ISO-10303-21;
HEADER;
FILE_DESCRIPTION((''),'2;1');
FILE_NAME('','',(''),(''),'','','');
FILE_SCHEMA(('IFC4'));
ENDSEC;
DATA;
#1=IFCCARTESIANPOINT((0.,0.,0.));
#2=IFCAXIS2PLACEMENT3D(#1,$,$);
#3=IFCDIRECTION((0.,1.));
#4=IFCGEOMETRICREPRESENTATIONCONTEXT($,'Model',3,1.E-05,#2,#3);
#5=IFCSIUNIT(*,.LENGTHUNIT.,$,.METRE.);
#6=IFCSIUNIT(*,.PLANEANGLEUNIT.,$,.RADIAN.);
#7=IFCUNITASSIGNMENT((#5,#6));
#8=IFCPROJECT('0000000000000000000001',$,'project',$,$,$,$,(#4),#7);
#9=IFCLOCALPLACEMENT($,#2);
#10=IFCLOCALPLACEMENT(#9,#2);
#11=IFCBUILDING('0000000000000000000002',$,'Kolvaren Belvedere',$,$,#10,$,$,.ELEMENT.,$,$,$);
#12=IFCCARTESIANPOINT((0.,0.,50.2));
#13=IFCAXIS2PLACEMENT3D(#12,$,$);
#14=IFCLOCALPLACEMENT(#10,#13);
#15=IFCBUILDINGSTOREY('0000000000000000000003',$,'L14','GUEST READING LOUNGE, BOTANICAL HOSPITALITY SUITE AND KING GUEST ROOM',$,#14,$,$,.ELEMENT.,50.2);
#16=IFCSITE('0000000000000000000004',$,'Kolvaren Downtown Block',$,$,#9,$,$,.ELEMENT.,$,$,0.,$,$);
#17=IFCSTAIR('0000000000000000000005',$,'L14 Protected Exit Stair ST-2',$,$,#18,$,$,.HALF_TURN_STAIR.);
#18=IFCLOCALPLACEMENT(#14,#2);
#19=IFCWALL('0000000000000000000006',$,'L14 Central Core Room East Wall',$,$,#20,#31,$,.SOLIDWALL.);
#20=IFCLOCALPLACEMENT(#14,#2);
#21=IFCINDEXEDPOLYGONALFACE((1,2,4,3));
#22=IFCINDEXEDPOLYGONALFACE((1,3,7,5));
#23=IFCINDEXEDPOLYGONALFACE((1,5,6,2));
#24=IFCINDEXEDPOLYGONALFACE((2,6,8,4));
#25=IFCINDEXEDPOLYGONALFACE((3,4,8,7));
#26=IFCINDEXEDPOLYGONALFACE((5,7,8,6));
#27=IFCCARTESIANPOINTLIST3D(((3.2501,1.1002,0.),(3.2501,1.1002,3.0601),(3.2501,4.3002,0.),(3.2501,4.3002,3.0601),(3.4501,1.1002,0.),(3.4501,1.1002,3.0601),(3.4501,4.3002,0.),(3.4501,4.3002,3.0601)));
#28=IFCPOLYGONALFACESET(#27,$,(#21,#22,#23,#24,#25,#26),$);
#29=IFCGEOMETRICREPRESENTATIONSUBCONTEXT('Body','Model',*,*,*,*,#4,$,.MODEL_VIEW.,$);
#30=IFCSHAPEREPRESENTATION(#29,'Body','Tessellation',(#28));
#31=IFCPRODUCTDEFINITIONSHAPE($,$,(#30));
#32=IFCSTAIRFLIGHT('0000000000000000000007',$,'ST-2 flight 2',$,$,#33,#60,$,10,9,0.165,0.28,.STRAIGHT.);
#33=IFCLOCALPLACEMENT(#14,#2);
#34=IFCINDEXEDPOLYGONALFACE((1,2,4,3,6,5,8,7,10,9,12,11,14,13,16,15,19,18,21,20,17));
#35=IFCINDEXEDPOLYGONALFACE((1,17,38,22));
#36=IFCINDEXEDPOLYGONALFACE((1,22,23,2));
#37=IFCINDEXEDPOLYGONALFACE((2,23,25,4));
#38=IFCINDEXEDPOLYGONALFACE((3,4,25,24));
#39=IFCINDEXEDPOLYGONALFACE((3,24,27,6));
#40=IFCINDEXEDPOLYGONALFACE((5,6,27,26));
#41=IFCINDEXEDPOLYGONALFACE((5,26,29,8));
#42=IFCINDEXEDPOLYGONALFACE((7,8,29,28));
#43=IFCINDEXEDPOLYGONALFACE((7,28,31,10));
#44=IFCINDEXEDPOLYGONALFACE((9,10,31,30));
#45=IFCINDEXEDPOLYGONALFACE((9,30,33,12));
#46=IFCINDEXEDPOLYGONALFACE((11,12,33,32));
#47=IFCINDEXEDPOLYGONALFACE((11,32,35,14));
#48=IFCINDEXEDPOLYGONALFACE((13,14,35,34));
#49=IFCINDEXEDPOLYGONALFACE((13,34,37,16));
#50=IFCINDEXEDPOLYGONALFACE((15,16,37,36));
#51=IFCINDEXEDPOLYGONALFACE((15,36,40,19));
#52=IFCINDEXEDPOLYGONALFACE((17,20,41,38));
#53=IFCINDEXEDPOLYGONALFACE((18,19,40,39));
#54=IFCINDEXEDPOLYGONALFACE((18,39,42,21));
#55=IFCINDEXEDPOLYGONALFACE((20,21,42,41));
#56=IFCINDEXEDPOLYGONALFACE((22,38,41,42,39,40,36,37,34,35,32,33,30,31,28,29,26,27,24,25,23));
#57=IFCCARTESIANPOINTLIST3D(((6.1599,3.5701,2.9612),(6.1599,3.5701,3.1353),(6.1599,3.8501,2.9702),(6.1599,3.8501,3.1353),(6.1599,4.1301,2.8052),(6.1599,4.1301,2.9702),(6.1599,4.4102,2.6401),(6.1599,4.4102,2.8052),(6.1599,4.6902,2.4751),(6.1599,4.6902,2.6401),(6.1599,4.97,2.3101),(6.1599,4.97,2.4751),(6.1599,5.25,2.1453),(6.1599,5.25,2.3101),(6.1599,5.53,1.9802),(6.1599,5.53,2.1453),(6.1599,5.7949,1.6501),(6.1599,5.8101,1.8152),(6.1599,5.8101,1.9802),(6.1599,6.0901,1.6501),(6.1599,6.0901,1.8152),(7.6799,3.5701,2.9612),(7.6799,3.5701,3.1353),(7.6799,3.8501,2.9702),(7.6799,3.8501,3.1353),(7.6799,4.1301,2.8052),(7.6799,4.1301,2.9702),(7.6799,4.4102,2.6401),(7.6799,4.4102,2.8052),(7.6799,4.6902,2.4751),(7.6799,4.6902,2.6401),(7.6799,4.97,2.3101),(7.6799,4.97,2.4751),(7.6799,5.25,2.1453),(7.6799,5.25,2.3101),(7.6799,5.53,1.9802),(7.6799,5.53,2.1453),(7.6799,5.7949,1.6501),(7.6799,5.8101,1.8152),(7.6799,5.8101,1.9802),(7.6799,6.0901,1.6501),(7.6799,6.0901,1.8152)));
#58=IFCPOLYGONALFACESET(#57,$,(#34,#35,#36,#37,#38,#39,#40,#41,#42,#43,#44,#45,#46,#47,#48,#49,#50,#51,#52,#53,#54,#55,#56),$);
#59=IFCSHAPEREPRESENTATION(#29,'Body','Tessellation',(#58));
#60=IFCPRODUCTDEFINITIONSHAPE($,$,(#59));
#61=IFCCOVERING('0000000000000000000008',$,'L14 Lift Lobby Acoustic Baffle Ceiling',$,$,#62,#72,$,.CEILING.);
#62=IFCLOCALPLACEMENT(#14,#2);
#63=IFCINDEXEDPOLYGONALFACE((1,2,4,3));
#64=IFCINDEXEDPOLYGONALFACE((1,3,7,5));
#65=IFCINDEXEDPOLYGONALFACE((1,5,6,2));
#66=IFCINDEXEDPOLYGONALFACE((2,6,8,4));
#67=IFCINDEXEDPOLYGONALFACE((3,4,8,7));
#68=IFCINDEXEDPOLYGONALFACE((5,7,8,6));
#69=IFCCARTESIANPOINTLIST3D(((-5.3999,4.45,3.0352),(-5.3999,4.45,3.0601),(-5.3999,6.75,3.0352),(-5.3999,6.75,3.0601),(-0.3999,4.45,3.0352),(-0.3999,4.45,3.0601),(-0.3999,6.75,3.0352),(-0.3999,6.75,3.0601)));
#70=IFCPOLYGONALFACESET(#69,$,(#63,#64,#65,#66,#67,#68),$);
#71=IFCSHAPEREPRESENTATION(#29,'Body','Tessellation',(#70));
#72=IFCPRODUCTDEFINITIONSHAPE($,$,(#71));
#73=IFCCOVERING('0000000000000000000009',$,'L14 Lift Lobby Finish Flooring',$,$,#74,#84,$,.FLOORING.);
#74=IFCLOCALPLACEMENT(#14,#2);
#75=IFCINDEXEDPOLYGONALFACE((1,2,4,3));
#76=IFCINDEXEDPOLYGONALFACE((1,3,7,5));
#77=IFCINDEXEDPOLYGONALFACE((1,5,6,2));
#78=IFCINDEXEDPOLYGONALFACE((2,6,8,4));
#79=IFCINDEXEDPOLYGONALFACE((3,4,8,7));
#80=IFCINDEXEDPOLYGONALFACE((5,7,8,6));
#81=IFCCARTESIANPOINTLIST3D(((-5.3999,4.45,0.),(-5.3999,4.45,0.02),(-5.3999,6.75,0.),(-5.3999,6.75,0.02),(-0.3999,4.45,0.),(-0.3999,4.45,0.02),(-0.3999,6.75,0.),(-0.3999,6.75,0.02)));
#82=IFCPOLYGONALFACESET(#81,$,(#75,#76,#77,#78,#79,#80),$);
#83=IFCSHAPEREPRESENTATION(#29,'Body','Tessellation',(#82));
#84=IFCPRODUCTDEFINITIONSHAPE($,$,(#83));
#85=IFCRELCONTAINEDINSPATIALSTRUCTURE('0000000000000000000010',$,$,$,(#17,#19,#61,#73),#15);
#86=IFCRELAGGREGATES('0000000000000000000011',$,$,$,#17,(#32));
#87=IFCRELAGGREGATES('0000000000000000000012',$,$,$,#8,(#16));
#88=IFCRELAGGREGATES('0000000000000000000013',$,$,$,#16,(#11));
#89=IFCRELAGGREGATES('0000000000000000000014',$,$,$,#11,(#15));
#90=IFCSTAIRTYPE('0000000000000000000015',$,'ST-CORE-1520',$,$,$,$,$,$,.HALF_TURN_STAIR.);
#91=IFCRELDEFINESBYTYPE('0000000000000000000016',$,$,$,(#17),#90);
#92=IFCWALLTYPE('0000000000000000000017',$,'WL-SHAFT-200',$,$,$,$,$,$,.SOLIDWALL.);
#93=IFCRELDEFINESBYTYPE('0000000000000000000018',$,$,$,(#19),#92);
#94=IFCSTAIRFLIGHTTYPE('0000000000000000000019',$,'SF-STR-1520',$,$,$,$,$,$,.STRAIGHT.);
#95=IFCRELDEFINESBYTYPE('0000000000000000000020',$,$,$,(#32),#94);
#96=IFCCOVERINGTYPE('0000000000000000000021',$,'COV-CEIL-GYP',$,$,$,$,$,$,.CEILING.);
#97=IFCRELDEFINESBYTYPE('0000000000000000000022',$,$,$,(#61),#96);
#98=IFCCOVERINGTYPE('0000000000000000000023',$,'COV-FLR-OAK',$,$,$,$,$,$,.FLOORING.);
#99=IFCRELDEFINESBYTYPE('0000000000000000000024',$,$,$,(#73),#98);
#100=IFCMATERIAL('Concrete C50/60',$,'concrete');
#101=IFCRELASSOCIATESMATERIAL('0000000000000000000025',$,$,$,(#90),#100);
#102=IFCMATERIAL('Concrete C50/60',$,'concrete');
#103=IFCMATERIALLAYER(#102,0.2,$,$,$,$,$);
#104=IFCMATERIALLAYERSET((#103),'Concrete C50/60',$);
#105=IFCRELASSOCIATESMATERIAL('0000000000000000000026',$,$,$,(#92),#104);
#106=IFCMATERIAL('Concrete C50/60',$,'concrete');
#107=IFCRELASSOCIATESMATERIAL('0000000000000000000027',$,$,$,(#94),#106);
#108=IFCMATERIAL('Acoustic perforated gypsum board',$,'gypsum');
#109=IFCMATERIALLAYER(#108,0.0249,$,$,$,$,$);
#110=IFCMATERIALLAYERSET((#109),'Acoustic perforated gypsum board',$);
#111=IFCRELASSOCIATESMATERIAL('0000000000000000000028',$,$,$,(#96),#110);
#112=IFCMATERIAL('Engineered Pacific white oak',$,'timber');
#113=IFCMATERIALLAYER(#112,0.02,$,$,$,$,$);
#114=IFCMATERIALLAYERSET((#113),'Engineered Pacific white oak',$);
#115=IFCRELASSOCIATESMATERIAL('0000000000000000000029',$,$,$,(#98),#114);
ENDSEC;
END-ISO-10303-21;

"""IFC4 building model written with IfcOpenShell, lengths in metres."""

from ifc_helpers import new_model, si_unit, direction, frame, frame_2d, origin, place, context, subcontext, project, spatial, polyline, rectangle, outline, extrude, material, layer, layer_set, type_object, element, aggregate, save


model = new_model("IFC4")

# Units and contexts
model_context = context("Model", 3, precision=1e-05, world=origin(), true_north=direction((0.0, 1.0)))
body_context = subcontext(model_context, "Body", "Model", "MODEL_VIEW")
ifc_project = project(units=[si_unit("LENGTHUNIT", "METRE"), si_unit("PLANEANGLEUNIT", "RADIAN")], contexts=[model_context])

# Site, building, storey
site_placement = place(None, origin())
site = spatial("IfcSite", under=ifc_project, at=site_placement, Name="Kolvaren Downtown Block", CompositionType="ELEMENT", RefElevation=0.0)
building_placement = place(site_placement, origin())
building = spatial("IfcBuilding", under=site, at=building_placement, Name="Kolvaren Belvedere", CompositionType="ELEMENT")
storey_placement = place(building_placement, frame((0.0, 0.0, 50.2)))
storey = spatial("IfcBuildingStorey", under=building, at=storey_placement, Name="L14", Description="GUEST READING LOUNGE, BOTANICAL HOSPITALITY SUITE AND KING GUEST ROOM", CompositionType="ELEMENT", Elevation=50.2)

# Stair
ifc_material_1 = material(Name="Concrete C50/60", Category="concrete")
stair_type = type_object("IfcStairType", Name="ST-CORE-1520", PredefinedType="HALF_TURN_STAIR", material=ifc_material_1)
stair_1_placement = place(storey_placement, origin())
stair_1 = element("IfcStair", 1, at=stair_1_placement, inside=storey, type_object=stair_type, Name="L14 Protected Exit Stair ST-2", PredefinedType="HALF_TURN_STAIR")

# Shared definitions
ifc_material_2 = material(Name="Concrete C50/60", Category="concrete")
ifc_layer_1 = layer(ifc_material_2, 0.2)
ifc_layer_set_1 = layer_set([ifc_layer_1], Name="Concrete C50/60")
wall_type_1 = type_object("IfcWallType", Name="WL-SHAFT-200", PredefinedType="SOLIDWALL", material=ifc_layer_set_1)

# Wall
wall_1_placement = place(storey_placement, frame((3.3501, 1.1001, 0.0), z_axis=(0.0, 0.0, 1.0), x_axis=(0.0, 1.0, 0.0)))
element("IfcWall", 2, at=wall_1_placement, inside=storey, type_object=wall_type_1, Name="L14 Central Core Room East Wall", PredefinedType="SOLIDWALL", context=body_context, shape_type="SweptSolid", body=[
    extrude(rectangle(XDim=3.2, YDim=0.2, at=frame_2d((1.6001, 0.0))), origin(), (0.0, 0.0, 1.0), 3.0601),
])

# Stair flight
ifc_material_3 = material(Name="Concrete C50/60", Category="concrete")
stair_flight_type = type_object("IfcStairFlightType", Name="SF-STR-1520", PredefinedType="STRAIGHT", material=ifc_material_3)
stair_flight_placement = place(storey_placement, frame((6.9199, 6.0901, 1.6501), z_axis=(0.0, 0.0, 1.0), x_axis=(0.0, -1.0, 0.0)))
stair_flight = element("IfcStairFlight", 3, at=stair_flight_placement, type_object=stair_flight_type, Name="ST-2 flight 2", NumberOfRisers=10, NumberOfTreads=9, PredefinedType="STRAIGHT", RiserHeight=0.165, TreadLength=0.28, context=body_context, shape_type="SweptSolid", body=[
    extrude(outline(polyline([(0.0, 0.0), (0.0, 0.165), (0.28, 0.165), (0.28, 0.3301), (0.5601, 0.3301), (0.5601, 0.4951), (0.8401, 0.4951), (0.8401, 0.6599), (1.1201, 0.6599), (1.1201, 0.825), (1.3999, 0.825), (1.3999, 0.99), (1.6799, 0.99), (1.6799, 1.155), (1.96, 1.155), (1.96, 1.3201), (2.24, 1.3201), (2.24, 1.4851), (2.52, 1.4851), (2.52, 1.6499), (2.52, 1.311), (0.2952, 0.0), (0.0, 0.0)])), frame((0.0, 0.76, 0.0), z_axis=(0.0, -1.0, 0.0), x_axis=(1.0, 0.0, 0.0)), (0.0, 0.0, 1.0), 1.52),
])
aggregate(stair_1, [stair_flight])

# Coverings
ifc_material_4 = material(Name="Acoustic perforated gypsum board", Category="gypsum")
ifc_layer_2 = layer(ifc_material_4, 0.0249)
ifc_layer_set_2 = layer_set([ifc_layer_2], Name="Acoustic perforated gypsum board")
covering_type_1 = type_object("IfcCoveringType", Name="COV-CEIL-GYP", PredefinedType="CEILING", material=ifc_layer_set_2)
covering_1_placement = place(storey_placement, frame((0.0, 0.0, 3.0352)))
element("IfcCovering", 4, at=covering_1_placement, inside=storey, type_object=covering_type_1, Name="L14 Lift Lobby Acoustic Baffle Ceiling", PredefinedType="CEILING", context=body_context, shape_type="SweptSolid", body=[
    extrude(outline(polyline([(-5.3999, 4.45), (-0.3999, 4.45), (-0.3999, 6.75), (-5.3999, 6.75), (-5.3999, 4.45)])), origin(), (0.0, 0.0, 1.0), 0.0249),
])
ifc_material_5 = material(Name="Engineered Pacific white oak", Category="timber")
ifc_layer_3 = layer(ifc_material_5, 0.02)
ifc_layer_set_3 = layer_set([ifc_layer_3], Name="Engineered Pacific white oak")
covering_type_2 = type_object("IfcCoveringType", Name="COV-FLR-OAK", PredefinedType="FLOORING", material=ifc_layer_set_3)
covering_2_placement = place(storey_placement, origin())
element("IfcCovering", 5, at=covering_2_placement, inside=storey, type_object=covering_type_2, Name="L14 Lift Lobby Finish Flooring", PredefinedType="FLOORING", context=body_context, shape_type="SweptSolid", body=[
    extrude(outline(polyline([(-5.3999, 4.45), (-0.3999, 4.45), (-0.3999, 6.75), (-5.3999, 6.75), (-5.3999, 4.45)])), origin(), (0.0, 0.0, 1.0), 0.02),
])

save(model, "model.ifc")
